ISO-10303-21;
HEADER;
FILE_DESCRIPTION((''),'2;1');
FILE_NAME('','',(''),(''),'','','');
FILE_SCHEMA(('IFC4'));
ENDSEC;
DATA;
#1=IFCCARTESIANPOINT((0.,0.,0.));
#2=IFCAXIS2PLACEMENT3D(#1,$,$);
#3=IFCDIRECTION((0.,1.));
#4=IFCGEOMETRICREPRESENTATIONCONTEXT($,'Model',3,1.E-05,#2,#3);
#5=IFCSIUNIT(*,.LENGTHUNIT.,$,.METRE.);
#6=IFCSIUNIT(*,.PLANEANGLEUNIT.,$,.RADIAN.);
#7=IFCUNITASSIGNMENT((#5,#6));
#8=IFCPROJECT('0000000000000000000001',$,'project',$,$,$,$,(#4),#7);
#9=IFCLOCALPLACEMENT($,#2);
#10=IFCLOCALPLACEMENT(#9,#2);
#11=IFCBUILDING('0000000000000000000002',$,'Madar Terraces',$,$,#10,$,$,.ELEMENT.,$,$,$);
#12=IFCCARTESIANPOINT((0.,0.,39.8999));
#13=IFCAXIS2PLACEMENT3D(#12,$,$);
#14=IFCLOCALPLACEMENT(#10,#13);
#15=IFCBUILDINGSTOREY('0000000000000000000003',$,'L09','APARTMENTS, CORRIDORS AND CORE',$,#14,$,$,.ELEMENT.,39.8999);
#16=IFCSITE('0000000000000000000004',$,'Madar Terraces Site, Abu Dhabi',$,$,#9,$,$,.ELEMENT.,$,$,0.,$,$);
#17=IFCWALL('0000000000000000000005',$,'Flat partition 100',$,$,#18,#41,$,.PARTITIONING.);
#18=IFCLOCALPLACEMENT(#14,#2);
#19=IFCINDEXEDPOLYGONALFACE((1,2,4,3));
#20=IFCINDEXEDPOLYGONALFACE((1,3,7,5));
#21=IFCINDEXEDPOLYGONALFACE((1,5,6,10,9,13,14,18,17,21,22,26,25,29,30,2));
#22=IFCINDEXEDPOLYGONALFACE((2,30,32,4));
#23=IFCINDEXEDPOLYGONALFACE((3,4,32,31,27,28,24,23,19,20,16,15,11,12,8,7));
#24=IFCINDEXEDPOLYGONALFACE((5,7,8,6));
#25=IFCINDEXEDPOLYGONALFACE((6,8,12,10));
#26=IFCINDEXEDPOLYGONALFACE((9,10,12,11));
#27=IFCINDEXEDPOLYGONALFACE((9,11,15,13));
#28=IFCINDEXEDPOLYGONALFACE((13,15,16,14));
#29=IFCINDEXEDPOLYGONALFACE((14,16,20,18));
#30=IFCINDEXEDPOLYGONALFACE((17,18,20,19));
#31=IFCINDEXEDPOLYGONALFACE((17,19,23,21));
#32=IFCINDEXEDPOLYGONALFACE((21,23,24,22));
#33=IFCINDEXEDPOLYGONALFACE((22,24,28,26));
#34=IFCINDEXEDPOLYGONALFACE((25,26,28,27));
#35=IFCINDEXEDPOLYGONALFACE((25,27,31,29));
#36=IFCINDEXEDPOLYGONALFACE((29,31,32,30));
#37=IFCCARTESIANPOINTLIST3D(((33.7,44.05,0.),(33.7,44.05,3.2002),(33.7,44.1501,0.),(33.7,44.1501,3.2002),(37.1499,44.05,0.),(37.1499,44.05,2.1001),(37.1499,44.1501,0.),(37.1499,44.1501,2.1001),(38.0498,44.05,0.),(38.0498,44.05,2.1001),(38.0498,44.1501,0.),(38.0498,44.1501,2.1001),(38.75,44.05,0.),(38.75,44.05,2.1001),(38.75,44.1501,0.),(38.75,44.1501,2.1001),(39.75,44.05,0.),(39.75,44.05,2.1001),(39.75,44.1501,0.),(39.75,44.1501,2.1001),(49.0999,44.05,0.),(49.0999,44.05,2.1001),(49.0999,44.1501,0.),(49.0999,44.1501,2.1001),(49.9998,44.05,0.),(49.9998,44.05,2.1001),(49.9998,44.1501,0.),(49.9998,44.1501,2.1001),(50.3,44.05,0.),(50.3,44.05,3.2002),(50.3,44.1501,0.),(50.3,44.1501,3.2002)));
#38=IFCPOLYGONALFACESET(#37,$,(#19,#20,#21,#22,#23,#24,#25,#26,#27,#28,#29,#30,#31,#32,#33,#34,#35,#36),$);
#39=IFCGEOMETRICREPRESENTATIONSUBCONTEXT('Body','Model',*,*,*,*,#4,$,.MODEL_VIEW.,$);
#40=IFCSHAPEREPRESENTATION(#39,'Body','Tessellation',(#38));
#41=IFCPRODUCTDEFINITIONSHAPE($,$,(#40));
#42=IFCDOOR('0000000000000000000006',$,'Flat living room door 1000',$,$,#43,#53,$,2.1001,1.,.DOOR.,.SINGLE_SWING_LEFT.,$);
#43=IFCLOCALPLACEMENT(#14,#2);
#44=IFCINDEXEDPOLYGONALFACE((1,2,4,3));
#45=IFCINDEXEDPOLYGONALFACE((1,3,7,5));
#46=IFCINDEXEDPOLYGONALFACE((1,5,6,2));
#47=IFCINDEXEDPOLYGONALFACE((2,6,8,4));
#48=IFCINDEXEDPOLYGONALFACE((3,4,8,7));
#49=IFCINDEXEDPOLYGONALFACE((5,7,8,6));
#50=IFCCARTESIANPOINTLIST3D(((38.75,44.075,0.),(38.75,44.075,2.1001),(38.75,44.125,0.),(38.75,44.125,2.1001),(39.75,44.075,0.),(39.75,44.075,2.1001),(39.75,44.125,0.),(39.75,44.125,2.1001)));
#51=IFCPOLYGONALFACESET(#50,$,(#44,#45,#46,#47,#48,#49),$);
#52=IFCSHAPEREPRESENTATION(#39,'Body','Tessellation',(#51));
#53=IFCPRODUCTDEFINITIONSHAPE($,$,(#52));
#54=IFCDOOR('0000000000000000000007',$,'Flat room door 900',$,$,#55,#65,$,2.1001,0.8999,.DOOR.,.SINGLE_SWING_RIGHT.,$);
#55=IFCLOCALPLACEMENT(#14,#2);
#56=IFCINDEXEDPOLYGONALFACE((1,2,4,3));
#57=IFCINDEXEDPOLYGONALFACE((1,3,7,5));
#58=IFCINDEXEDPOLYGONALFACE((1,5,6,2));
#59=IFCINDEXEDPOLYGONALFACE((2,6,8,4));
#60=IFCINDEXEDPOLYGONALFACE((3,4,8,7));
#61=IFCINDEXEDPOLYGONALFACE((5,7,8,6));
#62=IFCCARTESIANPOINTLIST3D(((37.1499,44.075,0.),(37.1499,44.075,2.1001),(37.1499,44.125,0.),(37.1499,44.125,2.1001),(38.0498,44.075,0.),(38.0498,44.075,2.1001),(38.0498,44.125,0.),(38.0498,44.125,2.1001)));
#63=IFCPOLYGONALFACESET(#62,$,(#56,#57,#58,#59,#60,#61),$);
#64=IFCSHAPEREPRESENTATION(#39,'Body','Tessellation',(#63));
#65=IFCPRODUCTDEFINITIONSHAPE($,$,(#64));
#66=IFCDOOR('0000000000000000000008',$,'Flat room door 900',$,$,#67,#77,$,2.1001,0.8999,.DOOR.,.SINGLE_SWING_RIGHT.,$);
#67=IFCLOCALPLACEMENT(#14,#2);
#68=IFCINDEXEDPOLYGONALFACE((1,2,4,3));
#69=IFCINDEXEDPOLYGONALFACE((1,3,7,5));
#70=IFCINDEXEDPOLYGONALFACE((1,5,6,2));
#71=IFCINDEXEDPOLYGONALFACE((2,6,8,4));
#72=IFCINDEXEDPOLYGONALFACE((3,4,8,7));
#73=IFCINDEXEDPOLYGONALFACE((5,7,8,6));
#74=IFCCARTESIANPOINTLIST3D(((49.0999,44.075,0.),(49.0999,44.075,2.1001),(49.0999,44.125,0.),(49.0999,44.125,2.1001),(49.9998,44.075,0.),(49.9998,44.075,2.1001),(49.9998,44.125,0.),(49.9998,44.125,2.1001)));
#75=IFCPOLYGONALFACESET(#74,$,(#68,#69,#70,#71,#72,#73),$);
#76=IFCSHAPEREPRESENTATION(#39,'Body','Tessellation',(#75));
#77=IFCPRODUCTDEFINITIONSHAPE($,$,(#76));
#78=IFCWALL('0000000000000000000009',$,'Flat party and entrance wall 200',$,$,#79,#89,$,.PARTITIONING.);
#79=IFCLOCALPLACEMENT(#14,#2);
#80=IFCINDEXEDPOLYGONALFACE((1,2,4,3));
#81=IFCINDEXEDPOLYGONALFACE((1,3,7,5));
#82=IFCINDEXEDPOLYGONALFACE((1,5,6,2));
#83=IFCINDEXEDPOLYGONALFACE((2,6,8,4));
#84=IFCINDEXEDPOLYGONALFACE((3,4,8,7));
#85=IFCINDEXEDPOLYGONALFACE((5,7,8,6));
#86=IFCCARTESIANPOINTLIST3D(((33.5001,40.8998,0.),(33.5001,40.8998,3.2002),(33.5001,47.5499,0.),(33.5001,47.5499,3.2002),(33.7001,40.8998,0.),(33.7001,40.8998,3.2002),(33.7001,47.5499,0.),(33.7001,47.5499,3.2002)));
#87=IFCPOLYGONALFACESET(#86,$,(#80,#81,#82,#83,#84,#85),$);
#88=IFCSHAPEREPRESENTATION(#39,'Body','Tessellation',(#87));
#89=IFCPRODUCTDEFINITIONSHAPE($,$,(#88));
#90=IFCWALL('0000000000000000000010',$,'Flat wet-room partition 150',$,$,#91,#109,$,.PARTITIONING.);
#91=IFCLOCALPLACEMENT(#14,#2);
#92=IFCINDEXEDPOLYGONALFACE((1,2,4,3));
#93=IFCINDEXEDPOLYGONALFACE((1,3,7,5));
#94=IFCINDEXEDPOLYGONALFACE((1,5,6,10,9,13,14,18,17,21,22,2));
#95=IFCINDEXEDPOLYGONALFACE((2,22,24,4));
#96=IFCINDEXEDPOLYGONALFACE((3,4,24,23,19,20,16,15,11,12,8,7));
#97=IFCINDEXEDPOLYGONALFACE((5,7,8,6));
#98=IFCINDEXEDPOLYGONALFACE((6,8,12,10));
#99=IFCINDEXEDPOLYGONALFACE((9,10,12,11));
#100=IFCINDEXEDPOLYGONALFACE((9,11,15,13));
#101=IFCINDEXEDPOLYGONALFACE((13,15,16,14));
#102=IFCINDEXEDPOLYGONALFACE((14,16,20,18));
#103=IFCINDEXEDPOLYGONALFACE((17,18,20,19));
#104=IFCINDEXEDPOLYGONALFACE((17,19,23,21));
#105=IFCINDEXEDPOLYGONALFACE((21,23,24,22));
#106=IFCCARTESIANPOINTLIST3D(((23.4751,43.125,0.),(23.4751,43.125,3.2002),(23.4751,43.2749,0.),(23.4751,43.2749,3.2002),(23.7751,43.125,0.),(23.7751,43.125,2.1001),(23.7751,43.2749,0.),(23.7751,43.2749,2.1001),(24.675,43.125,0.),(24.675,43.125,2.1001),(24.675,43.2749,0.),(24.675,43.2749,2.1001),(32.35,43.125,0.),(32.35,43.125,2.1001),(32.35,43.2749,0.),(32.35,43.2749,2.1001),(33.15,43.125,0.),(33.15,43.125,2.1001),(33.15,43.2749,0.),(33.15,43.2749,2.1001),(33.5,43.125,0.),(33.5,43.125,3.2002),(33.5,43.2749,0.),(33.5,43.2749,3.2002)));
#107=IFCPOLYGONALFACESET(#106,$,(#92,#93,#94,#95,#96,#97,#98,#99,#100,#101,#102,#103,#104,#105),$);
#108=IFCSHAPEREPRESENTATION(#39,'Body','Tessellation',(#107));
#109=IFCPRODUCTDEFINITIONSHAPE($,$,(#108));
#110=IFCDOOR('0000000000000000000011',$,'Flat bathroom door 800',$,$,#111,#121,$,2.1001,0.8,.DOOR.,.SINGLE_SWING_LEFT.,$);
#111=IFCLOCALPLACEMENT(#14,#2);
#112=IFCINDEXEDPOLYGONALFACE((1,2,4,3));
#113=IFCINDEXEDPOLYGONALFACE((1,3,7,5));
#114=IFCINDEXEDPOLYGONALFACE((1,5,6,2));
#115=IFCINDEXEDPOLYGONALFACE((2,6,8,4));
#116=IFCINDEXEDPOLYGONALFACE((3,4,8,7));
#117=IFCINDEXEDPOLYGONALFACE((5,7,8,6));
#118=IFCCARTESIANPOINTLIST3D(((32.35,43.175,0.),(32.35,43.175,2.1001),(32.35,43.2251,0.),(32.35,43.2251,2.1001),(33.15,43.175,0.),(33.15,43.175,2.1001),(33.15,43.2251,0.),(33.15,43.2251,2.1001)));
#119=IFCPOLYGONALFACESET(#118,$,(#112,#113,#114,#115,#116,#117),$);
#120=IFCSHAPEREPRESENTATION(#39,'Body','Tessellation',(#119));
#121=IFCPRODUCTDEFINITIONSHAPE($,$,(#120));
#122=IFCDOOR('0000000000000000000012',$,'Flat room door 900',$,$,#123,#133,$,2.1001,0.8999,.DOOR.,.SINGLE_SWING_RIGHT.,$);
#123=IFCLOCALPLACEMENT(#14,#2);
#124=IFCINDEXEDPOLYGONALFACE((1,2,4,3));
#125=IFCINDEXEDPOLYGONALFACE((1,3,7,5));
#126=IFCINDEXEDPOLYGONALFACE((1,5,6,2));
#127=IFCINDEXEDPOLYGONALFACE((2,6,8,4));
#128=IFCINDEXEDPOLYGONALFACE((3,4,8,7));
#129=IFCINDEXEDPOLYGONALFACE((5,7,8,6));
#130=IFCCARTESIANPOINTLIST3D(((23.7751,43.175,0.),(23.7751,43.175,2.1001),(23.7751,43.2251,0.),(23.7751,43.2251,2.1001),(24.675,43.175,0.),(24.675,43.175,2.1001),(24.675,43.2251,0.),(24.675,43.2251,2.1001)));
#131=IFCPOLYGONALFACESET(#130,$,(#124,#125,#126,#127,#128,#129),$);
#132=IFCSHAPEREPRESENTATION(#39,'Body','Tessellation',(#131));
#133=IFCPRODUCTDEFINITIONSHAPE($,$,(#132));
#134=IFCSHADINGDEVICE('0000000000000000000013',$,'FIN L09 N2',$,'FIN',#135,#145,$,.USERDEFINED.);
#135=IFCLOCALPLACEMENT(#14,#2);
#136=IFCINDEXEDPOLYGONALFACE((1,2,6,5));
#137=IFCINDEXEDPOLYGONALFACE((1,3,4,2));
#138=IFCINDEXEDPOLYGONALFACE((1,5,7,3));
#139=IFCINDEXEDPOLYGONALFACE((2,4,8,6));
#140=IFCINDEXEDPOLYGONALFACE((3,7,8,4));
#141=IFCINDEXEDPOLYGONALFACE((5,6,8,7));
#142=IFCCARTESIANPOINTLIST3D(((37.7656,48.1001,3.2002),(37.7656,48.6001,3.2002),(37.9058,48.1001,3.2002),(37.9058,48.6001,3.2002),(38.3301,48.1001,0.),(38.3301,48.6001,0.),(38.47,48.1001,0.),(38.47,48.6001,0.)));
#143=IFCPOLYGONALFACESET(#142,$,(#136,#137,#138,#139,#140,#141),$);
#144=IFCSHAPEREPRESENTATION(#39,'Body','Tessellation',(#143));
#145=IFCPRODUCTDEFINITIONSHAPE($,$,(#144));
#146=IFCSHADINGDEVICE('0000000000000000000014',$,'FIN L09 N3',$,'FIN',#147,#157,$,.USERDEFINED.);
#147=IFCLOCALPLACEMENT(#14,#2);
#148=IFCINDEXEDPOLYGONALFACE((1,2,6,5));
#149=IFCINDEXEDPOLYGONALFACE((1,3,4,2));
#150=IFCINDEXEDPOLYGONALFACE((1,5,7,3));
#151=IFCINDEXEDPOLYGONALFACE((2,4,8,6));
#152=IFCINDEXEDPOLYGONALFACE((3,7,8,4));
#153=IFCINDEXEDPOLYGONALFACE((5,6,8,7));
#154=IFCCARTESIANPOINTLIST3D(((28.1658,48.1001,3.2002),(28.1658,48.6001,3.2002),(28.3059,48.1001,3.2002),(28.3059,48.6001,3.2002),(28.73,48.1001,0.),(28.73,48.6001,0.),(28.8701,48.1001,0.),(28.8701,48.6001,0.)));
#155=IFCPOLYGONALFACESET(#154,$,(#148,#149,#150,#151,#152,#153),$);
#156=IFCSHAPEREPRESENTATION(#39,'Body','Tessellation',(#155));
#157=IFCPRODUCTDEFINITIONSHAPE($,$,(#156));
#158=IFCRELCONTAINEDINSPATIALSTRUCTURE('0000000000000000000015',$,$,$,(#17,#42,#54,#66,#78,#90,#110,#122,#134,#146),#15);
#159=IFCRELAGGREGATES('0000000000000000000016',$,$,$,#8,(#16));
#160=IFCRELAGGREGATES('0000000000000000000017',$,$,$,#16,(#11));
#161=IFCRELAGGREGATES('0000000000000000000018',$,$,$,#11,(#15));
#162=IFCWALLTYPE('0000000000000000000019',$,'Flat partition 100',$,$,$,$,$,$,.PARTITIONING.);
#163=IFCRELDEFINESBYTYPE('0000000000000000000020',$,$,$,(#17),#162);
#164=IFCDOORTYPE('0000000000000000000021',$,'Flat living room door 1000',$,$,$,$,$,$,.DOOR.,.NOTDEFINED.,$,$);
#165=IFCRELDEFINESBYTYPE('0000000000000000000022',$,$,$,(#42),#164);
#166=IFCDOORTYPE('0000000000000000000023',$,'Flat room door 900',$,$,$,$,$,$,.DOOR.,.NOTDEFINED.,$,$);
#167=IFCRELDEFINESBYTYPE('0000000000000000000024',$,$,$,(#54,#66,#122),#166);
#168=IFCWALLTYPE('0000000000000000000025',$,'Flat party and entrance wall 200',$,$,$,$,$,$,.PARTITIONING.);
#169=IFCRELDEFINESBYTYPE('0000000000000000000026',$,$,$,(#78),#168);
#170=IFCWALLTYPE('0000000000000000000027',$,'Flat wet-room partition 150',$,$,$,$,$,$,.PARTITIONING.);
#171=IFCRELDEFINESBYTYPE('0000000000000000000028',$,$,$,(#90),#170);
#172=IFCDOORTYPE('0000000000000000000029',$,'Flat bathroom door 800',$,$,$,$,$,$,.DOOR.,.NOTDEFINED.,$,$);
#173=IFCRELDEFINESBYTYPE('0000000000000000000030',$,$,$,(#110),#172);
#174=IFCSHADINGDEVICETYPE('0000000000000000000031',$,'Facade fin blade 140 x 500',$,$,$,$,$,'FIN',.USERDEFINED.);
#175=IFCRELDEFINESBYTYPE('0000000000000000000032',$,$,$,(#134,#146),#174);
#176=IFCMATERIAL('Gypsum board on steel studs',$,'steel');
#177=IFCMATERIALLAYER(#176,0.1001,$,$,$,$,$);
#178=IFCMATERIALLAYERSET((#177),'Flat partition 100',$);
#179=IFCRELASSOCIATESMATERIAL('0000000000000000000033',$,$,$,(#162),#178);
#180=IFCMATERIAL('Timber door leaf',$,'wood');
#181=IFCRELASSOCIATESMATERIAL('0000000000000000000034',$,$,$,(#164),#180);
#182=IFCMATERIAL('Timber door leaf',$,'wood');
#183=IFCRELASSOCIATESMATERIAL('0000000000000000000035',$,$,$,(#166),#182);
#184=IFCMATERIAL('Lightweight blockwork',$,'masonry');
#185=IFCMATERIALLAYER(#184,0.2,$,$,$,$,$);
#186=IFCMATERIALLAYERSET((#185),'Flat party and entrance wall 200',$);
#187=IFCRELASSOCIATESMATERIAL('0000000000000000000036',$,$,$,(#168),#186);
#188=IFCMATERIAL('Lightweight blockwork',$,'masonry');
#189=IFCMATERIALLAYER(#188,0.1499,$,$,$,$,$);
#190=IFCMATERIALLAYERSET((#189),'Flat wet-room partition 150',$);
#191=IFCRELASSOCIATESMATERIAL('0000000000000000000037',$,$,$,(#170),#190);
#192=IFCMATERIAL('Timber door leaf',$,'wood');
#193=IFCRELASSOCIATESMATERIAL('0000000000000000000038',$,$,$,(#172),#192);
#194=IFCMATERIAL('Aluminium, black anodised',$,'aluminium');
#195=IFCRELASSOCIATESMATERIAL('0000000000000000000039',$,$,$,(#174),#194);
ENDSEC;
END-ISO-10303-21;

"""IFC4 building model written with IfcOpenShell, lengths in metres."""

from ifc_helpers import new_model, si_unit, direction, frame, frame_2d, origin, place, context, subcontext, project, spatial, polyline, rectangle, outline, extrude, material, layer, layer_set, type_object, element, fill, save


model = new_model("IFC4")

# Units and contexts
model_context = context("Model", 3, precision=1e-05, world=origin(), true_north=direction((0.0, 1.0)))
body_context = subcontext(model_context, "Body", "Model", "MODEL_VIEW")
ifc_project = project(units=[si_unit("LENGTHUNIT", "METRE"), si_unit("PLANEANGLEUNIT", "RADIAN")], contexts=[model_context])

# Site, building, storey
site_placement = place(None, origin())
site = spatial("IfcSite", under=ifc_project, at=site_placement, Name="Madar Terraces Site, Abu Dhabi", CompositionType="ELEMENT", RefElevation=0.0)
building_placement = place(site_placement, origin())
building = spatial("IfcBuilding", under=site, at=building_placement, Name="Madar Terraces", CompositionType="ELEMENT")
storey_placement = place(building_placement, frame((0.0, 0.0, 39.8999)))
storey = spatial("IfcBuildingStorey", under=building, at=storey_placement, Name="L09", Description="APARTMENTS, CORRIDORS AND CORE", CompositionType="ELEMENT", Elevation=39.8999)

# Shared definitions
ifc_material_1 = material(Name="Gypsum board on steel studs", Category="steel")
ifc_layer_1 = layer(ifc_material_1, 0.1001)
ifc_layer_set_1 = layer_set([ifc_layer_1], Name="Flat partition 100")
wall_type_1 = type_object("IfcWallType", Name="Flat partition 100", PredefinedType="PARTITIONING", material=ifc_layer_set_1)

# Wall, openings, doors
wall_1_placement = place(storey_placement, frame((33.7, 44.1001, 0.0), z_axis=(0.0, 0.0, 1.0), x_axis=(1.0, 0.0, 0.0)))
wall_1 = element("IfcWall", 1, at=wall_1_placement, inside=storey, type_object=wall_type_1, Name="Flat partition 100", PredefinedType="PARTITIONING", context=body_context, shape_type="SweptSolid", body=[
    extrude(rectangle(XDim=16.6001, YDim=0.1001, at=frame_2d((8.3, 0.0))), origin(), (0.0, 0.0, 1.0), 3.2002),
])
opening_1_placement = place(wall_1_placement, frame((3.45, 0.0, 0.0)))
opening_1 = element("IfcOpeningElement", 2, at=opening_1_placement, cuts=wall_1, PredefinedType="OPENING", context=body_context, shape_type="SweptSolid", body=[
    extrude(rectangle(XDim=0.8999, YDim=2.1001, at=frame_2d((0.45, 1.05))), frame((0.0, 0.0601, 0.0), z_axis=(0.0, -1.0, 0.0), x_axis=(1.0, 0.0, 0.0)), (0.0, 0.0, 1.0), 0.1201),
])
opening_2_placement = place(wall_1_placement, frame((5.05, 0.0, 0.0)))
opening_2 = element("IfcOpeningElement", 3, at=opening_2_placement, cuts=wall_1, PredefinedType="OPENING", context=body_context, shape_type="SweptSolid", body=[
    extrude(rectangle(XDim=1.0, YDim=2.1001, at=frame_2d((0.5, 1.05))), frame((0.0, 0.0601, 0.0), z_axis=(0.0, -1.0, 0.0), x_axis=(1.0, 0.0, 0.0)), (0.0, 0.0, 1.0), 0.1201),
])
opening_3_placement = place(wall_1_placement, frame((15.3999, 0.0, 0.0)))
opening_3 = element("IfcOpeningElement", 4, at=opening_3_placement, cuts=wall_1, PredefinedType="OPENING", context=body_context, shape_type="SweptSolid", body=[
    extrude(rectangle(XDim=0.8999, YDim=2.1001, at=frame_2d((0.45, 1.05))), frame((0.0, 0.0601, 0.0), z_axis=(0.0, -1.0, 0.0), x_axis=(1.0, 0.0, 0.0)), (0.0, 0.0, 1.0), 0.1201),
])
ifc_material_2 = material(Name="Timber door leaf", Category="wood")
door_type_1 = type_object("IfcDoorType", Name="Flat living room door 1000", OperationType="NOTDEFINED", PredefinedType="DOOR", material=ifc_material_2)
door_1_placement = place(opening_2_placement, origin())
door_1 = element("IfcDoor", 5, at=door_1_placement, inside=storey, type_object=door_type_1, Name="Flat living room door 1000", OperationType="SINGLE_SWING_LEFT", OverallHeight=2.1001, OverallWidth=1.0, PredefinedType="DOOR", context=body_context, shape_type="SweptSolid", body=[
    extrude(rectangle(XDim=1.0, YDim=2.1001, at=frame_2d((0.5, 1.05))), frame((0.0, 0.0249, 0.0), z_axis=(0.0, -1.0, 0.0), x_axis=(1.0, 0.0, 0.0)), (0.0, 0.0, 1.0), 0.05),
])
fill(opening_2, door_1)
ifc_material_3 = material(Name="Timber door leaf", Category="wood")
door_type_2 = type_object("IfcDoorType", Name="Flat room door 900", OperationType="NOTDEFINED", PredefinedType="DOOR", material=ifc_material_3)
door_2_placement = place(opening_1_placement, origin())
door_2 = element("IfcDoor", 6, at=door_2_placement, inside=storey, type_object=door_type_2, Name="Flat room door 900", OperationType="SINGLE_SWING_RIGHT", OverallHeight=2.1001, OverallWidth=0.8999, PredefinedType="DOOR", context=body_context, shape_type="SweptSolid", body=[
    extrude(rectangle(XDim=0.8999, YDim=2.1001, at=frame_2d((0.45, 1.05))), frame((0.0, 0.0249, 0.0), z_axis=(0.0, -1.0, 0.0), x_axis=(1.0, 0.0, 0.0)), (0.0, 0.0, 1.0), 0.05),
])
fill(opening_1, door_2)
door_3_placement = place(opening_3_placement, origin())
door_3 = element("IfcDoor", 7, at=door_3_placement, inside=storey, type_object=door_type_2, Name="Flat room door 900", OperationType="SINGLE_SWING_RIGHT", OverallHeight=2.1001, OverallWidth=0.8999, PredefinedType="DOOR", context=body_context, shape_type="SweptSolid", body=[
    extrude(rectangle(XDim=0.8999, YDim=2.1001, at=frame_2d((0.45, 1.05))), frame((0.0, 0.0249, 0.0), z_axis=(0.0, -1.0, 0.0), x_axis=(1.0, 0.0, 0.0)), (0.0, 0.0, 1.0), 0.05),
])
fill(opening_3, door_3)

# Wall
ifc_material_4 = material(Name="Lightweight blockwork", Category="masonry")
ifc_layer_2 = layer(ifc_material_4, 0.2)
ifc_layer_set_2 = layer_set([ifc_layer_2], Name="Flat party and entrance wall 200")
wall_type_2 = type_object("IfcWallType", Name="Flat party and entrance wall 200", PredefinedType="PARTITIONING", material=ifc_layer_set_2)
wall_2_placement = place(storey_placement, frame((33.6001, 47.55, 0.0), z_axis=(0.0, 0.0, 1.0), x_axis=(0.0, -1.0, 0.0)))
element("IfcWall", 8, at=wall_2_placement, inside=storey, type_object=wall_type_2, Name="Flat party and entrance wall 200", PredefinedType="PARTITIONING", context=body_context, shape_type="SweptSolid", body=[
    extrude(rectangle(XDim=6.6501, YDim=0.2, at=frame_2d((3.3252, 0.0))), origin(), (0.0, 0.0, 1.0), 3.2002),
])

# Wall, openings, doors
ifc_material_5 = material(Name="Lightweight blockwork", Category="masonry")
ifc_layer_3 = layer(ifc_material_5, 0.1499)
ifc_layer_set_3 = layer_set([ifc_layer_3], Name="Flat wet-room partition 150")
wall_type_3 = type_object("IfcWallType", Name="Flat wet-room partition 150", PredefinedType="PARTITIONING", material=ifc_layer_set_3)
wall_3_placement = place(storey_placement, frame((33.5, 43.2, 0.0), z_axis=(0.0, 0.0, 1.0), x_axis=(-1.0, 0.0, 0.0)))
wall_3 = element("IfcWall", 9, at=wall_3_placement, inside=storey, type_object=wall_type_3, Name="Flat wet-room partition 150", PredefinedType="PARTITIONING", context=body_context, shape_type="SweptSolid", body=[
    extrude(rectangle(XDim=10.0249, YDim=0.1499, at=frame_2d((5.0125, 0.0))), origin(), (0.0, 0.0, 1.0), 3.2002),
])
opening_4_placement = place(wall_3_placement, frame((8.825, 0.0, 0.0)))
opening_4 = element("IfcOpeningElement", 10, at=opening_4_placement, cuts=wall_3, PredefinedType="OPENING", context=body_context, shape_type="SweptSolid", body=[
    extrude(rectangle(XDim=0.8999, YDim=2.1001, at=frame_2d((0.45, 1.05))), frame((0.0, 0.085, 0.0), z_axis=(0.0, -1.0, 0.0), x_axis=(1.0, 0.0, 0.0)), (0.0, 0.0, 1.0), 0.1699),
])
opening_5_placement = place(wall_3_placement, frame((0.3501, 0.0, 0.0)))
opening_5 = element("IfcOpeningElement", 11, at=opening_5_placement, cuts=wall_3, PredefinedType="OPENING", context=body_context, shape_type="SweptSolid", body=[
    extrude(rectangle(XDim=0.8, YDim=2.1001, at=frame_2d((0.3999, 1.05))), frame((0.0, 0.085, 0.0), z_axis=(0.0, -1.0, 0.0), x_axis=(1.0, 0.0, 0.0)), (0.0, 0.0, 1.0), 0.1699),
])
ifc_material_6 = material(Name="Timber door leaf", Category="wood")
door_type_3 = type_object("IfcDoorType", Name="Flat bathroom door 800", OperationType="NOTDEFINED", PredefinedType="DOOR", material=ifc_material_6)
door_4_placement = place(opening_5_placement, origin())
door_4 = element("IfcDoor", 12, at=door_4_placement, inside=storey, type_object=door_type_3, Name="Flat bathroom door 800", OperationType="SINGLE_SWING_LEFT", OverallHeight=2.1001, OverallWidth=0.8, PredefinedType="DOOR", context=body_context, shape_type="SweptSolid", body=[
    extrude(rectangle(XDim=0.8, YDim=2.1001, at=frame_2d((0.3999, 1.05))), frame((0.0, 0.0249, 0.0), z_axis=(0.0, -1.0, 0.0), x_axis=(1.0, 0.0, 0.0)), (0.0, 0.0, 1.0), 0.05),
])
fill(opening_5, door_4)
door_5_placement = place(opening_4_placement, origin())
door_5 = element("IfcDoor", 13, at=door_5_placement, inside=storey, type_object=door_type_2, Name="Flat room door 900", OperationType="SINGLE_SWING_RIGHT", OverallHeight=2.1001, OverallWidth=0.8999, PredefinedType="DOOR", context=body_context, shape_type="SweptSolid", body=[
    extrude(rectangle(XDim=0.8999, YDim=2.1001, at=frame_2d((0.45, 1.05))), frame((0.0, 0.0249, 0.0), z_axis=(0.0, -1.0, 0.0), x_axis=(1.0, 0.0, 0.0)), (0.0, 0.0, 1.0), 0.05),
])
fill(opening_4, door_5)

# Shading devices
ifc_material_7 = material(Name="Aluminium, black anodised", Category="aluminium")
shading_device_type = type_object("IfcShadingDeviceType", Name="Facade fin blade 140 x 500", ElementType="FIN", PredefinedType="USERDEFINED", material=ifc_material_7)
shading_device_1_placement = place(storey_placement, frame((38.47, 48.3501, 0.0), z_axis=(0.0, 0.0, 1.0), x_axis=(-1.0, 0.0, 0.0)))
element("IfcShadingDevice", 14, at=shading_device_1_placement, inside=storey, type_object=shading_device_type, Name="FIN L09 N2", ObjectType="FIN", PredefinedType="USERDEFINED", context=body_context, shape_type="SweptSolid", body=[
    extrude(outline(polyline([(0.0, 0.0), (0.1399, 0.0), (0.7043, 3.2002), (0.5642, 3.2002), (0.0, 0.0)])), frame((0.0, 0.25, 0.0), z_axis=(0.0, -1.0, 0.0), x_axis=(1.0, 0.0, 0.0)), (0.0, 0.0, 1.0), 0.5),
])
shading_device_2_placement = place(storey_placement, frame((28.8701, 48.3501, 0.0), z_axis=(0.0, 0.0, 1.0), x_axis=(-1.0, 0.0, 0.0)))
element("IfcShadingDevice", 15, at=shading_device_2_placement, inside=storey, type_object=shading_device_type, Name="FIN L09 N3", ObjectType="FIN", PredefinedType="USERDEFINED", context=body_context, shape_type="SweptSolid", body=[
    extrude(outline(polyline([(0.0, 0.0), (0.1401, 0.0), (0.7043, 3.2002), (0.5642, 3.2002), (0.0, 0.0)])), frame((0.0, 0.25, 0.0), z_axis=(0.0, -1.0, 0.0), x_axis=(1.0, 0.0, 0.0)), (0.0, 0.0, 1.0), 0.5),
])

save(model, "model.ifc")
